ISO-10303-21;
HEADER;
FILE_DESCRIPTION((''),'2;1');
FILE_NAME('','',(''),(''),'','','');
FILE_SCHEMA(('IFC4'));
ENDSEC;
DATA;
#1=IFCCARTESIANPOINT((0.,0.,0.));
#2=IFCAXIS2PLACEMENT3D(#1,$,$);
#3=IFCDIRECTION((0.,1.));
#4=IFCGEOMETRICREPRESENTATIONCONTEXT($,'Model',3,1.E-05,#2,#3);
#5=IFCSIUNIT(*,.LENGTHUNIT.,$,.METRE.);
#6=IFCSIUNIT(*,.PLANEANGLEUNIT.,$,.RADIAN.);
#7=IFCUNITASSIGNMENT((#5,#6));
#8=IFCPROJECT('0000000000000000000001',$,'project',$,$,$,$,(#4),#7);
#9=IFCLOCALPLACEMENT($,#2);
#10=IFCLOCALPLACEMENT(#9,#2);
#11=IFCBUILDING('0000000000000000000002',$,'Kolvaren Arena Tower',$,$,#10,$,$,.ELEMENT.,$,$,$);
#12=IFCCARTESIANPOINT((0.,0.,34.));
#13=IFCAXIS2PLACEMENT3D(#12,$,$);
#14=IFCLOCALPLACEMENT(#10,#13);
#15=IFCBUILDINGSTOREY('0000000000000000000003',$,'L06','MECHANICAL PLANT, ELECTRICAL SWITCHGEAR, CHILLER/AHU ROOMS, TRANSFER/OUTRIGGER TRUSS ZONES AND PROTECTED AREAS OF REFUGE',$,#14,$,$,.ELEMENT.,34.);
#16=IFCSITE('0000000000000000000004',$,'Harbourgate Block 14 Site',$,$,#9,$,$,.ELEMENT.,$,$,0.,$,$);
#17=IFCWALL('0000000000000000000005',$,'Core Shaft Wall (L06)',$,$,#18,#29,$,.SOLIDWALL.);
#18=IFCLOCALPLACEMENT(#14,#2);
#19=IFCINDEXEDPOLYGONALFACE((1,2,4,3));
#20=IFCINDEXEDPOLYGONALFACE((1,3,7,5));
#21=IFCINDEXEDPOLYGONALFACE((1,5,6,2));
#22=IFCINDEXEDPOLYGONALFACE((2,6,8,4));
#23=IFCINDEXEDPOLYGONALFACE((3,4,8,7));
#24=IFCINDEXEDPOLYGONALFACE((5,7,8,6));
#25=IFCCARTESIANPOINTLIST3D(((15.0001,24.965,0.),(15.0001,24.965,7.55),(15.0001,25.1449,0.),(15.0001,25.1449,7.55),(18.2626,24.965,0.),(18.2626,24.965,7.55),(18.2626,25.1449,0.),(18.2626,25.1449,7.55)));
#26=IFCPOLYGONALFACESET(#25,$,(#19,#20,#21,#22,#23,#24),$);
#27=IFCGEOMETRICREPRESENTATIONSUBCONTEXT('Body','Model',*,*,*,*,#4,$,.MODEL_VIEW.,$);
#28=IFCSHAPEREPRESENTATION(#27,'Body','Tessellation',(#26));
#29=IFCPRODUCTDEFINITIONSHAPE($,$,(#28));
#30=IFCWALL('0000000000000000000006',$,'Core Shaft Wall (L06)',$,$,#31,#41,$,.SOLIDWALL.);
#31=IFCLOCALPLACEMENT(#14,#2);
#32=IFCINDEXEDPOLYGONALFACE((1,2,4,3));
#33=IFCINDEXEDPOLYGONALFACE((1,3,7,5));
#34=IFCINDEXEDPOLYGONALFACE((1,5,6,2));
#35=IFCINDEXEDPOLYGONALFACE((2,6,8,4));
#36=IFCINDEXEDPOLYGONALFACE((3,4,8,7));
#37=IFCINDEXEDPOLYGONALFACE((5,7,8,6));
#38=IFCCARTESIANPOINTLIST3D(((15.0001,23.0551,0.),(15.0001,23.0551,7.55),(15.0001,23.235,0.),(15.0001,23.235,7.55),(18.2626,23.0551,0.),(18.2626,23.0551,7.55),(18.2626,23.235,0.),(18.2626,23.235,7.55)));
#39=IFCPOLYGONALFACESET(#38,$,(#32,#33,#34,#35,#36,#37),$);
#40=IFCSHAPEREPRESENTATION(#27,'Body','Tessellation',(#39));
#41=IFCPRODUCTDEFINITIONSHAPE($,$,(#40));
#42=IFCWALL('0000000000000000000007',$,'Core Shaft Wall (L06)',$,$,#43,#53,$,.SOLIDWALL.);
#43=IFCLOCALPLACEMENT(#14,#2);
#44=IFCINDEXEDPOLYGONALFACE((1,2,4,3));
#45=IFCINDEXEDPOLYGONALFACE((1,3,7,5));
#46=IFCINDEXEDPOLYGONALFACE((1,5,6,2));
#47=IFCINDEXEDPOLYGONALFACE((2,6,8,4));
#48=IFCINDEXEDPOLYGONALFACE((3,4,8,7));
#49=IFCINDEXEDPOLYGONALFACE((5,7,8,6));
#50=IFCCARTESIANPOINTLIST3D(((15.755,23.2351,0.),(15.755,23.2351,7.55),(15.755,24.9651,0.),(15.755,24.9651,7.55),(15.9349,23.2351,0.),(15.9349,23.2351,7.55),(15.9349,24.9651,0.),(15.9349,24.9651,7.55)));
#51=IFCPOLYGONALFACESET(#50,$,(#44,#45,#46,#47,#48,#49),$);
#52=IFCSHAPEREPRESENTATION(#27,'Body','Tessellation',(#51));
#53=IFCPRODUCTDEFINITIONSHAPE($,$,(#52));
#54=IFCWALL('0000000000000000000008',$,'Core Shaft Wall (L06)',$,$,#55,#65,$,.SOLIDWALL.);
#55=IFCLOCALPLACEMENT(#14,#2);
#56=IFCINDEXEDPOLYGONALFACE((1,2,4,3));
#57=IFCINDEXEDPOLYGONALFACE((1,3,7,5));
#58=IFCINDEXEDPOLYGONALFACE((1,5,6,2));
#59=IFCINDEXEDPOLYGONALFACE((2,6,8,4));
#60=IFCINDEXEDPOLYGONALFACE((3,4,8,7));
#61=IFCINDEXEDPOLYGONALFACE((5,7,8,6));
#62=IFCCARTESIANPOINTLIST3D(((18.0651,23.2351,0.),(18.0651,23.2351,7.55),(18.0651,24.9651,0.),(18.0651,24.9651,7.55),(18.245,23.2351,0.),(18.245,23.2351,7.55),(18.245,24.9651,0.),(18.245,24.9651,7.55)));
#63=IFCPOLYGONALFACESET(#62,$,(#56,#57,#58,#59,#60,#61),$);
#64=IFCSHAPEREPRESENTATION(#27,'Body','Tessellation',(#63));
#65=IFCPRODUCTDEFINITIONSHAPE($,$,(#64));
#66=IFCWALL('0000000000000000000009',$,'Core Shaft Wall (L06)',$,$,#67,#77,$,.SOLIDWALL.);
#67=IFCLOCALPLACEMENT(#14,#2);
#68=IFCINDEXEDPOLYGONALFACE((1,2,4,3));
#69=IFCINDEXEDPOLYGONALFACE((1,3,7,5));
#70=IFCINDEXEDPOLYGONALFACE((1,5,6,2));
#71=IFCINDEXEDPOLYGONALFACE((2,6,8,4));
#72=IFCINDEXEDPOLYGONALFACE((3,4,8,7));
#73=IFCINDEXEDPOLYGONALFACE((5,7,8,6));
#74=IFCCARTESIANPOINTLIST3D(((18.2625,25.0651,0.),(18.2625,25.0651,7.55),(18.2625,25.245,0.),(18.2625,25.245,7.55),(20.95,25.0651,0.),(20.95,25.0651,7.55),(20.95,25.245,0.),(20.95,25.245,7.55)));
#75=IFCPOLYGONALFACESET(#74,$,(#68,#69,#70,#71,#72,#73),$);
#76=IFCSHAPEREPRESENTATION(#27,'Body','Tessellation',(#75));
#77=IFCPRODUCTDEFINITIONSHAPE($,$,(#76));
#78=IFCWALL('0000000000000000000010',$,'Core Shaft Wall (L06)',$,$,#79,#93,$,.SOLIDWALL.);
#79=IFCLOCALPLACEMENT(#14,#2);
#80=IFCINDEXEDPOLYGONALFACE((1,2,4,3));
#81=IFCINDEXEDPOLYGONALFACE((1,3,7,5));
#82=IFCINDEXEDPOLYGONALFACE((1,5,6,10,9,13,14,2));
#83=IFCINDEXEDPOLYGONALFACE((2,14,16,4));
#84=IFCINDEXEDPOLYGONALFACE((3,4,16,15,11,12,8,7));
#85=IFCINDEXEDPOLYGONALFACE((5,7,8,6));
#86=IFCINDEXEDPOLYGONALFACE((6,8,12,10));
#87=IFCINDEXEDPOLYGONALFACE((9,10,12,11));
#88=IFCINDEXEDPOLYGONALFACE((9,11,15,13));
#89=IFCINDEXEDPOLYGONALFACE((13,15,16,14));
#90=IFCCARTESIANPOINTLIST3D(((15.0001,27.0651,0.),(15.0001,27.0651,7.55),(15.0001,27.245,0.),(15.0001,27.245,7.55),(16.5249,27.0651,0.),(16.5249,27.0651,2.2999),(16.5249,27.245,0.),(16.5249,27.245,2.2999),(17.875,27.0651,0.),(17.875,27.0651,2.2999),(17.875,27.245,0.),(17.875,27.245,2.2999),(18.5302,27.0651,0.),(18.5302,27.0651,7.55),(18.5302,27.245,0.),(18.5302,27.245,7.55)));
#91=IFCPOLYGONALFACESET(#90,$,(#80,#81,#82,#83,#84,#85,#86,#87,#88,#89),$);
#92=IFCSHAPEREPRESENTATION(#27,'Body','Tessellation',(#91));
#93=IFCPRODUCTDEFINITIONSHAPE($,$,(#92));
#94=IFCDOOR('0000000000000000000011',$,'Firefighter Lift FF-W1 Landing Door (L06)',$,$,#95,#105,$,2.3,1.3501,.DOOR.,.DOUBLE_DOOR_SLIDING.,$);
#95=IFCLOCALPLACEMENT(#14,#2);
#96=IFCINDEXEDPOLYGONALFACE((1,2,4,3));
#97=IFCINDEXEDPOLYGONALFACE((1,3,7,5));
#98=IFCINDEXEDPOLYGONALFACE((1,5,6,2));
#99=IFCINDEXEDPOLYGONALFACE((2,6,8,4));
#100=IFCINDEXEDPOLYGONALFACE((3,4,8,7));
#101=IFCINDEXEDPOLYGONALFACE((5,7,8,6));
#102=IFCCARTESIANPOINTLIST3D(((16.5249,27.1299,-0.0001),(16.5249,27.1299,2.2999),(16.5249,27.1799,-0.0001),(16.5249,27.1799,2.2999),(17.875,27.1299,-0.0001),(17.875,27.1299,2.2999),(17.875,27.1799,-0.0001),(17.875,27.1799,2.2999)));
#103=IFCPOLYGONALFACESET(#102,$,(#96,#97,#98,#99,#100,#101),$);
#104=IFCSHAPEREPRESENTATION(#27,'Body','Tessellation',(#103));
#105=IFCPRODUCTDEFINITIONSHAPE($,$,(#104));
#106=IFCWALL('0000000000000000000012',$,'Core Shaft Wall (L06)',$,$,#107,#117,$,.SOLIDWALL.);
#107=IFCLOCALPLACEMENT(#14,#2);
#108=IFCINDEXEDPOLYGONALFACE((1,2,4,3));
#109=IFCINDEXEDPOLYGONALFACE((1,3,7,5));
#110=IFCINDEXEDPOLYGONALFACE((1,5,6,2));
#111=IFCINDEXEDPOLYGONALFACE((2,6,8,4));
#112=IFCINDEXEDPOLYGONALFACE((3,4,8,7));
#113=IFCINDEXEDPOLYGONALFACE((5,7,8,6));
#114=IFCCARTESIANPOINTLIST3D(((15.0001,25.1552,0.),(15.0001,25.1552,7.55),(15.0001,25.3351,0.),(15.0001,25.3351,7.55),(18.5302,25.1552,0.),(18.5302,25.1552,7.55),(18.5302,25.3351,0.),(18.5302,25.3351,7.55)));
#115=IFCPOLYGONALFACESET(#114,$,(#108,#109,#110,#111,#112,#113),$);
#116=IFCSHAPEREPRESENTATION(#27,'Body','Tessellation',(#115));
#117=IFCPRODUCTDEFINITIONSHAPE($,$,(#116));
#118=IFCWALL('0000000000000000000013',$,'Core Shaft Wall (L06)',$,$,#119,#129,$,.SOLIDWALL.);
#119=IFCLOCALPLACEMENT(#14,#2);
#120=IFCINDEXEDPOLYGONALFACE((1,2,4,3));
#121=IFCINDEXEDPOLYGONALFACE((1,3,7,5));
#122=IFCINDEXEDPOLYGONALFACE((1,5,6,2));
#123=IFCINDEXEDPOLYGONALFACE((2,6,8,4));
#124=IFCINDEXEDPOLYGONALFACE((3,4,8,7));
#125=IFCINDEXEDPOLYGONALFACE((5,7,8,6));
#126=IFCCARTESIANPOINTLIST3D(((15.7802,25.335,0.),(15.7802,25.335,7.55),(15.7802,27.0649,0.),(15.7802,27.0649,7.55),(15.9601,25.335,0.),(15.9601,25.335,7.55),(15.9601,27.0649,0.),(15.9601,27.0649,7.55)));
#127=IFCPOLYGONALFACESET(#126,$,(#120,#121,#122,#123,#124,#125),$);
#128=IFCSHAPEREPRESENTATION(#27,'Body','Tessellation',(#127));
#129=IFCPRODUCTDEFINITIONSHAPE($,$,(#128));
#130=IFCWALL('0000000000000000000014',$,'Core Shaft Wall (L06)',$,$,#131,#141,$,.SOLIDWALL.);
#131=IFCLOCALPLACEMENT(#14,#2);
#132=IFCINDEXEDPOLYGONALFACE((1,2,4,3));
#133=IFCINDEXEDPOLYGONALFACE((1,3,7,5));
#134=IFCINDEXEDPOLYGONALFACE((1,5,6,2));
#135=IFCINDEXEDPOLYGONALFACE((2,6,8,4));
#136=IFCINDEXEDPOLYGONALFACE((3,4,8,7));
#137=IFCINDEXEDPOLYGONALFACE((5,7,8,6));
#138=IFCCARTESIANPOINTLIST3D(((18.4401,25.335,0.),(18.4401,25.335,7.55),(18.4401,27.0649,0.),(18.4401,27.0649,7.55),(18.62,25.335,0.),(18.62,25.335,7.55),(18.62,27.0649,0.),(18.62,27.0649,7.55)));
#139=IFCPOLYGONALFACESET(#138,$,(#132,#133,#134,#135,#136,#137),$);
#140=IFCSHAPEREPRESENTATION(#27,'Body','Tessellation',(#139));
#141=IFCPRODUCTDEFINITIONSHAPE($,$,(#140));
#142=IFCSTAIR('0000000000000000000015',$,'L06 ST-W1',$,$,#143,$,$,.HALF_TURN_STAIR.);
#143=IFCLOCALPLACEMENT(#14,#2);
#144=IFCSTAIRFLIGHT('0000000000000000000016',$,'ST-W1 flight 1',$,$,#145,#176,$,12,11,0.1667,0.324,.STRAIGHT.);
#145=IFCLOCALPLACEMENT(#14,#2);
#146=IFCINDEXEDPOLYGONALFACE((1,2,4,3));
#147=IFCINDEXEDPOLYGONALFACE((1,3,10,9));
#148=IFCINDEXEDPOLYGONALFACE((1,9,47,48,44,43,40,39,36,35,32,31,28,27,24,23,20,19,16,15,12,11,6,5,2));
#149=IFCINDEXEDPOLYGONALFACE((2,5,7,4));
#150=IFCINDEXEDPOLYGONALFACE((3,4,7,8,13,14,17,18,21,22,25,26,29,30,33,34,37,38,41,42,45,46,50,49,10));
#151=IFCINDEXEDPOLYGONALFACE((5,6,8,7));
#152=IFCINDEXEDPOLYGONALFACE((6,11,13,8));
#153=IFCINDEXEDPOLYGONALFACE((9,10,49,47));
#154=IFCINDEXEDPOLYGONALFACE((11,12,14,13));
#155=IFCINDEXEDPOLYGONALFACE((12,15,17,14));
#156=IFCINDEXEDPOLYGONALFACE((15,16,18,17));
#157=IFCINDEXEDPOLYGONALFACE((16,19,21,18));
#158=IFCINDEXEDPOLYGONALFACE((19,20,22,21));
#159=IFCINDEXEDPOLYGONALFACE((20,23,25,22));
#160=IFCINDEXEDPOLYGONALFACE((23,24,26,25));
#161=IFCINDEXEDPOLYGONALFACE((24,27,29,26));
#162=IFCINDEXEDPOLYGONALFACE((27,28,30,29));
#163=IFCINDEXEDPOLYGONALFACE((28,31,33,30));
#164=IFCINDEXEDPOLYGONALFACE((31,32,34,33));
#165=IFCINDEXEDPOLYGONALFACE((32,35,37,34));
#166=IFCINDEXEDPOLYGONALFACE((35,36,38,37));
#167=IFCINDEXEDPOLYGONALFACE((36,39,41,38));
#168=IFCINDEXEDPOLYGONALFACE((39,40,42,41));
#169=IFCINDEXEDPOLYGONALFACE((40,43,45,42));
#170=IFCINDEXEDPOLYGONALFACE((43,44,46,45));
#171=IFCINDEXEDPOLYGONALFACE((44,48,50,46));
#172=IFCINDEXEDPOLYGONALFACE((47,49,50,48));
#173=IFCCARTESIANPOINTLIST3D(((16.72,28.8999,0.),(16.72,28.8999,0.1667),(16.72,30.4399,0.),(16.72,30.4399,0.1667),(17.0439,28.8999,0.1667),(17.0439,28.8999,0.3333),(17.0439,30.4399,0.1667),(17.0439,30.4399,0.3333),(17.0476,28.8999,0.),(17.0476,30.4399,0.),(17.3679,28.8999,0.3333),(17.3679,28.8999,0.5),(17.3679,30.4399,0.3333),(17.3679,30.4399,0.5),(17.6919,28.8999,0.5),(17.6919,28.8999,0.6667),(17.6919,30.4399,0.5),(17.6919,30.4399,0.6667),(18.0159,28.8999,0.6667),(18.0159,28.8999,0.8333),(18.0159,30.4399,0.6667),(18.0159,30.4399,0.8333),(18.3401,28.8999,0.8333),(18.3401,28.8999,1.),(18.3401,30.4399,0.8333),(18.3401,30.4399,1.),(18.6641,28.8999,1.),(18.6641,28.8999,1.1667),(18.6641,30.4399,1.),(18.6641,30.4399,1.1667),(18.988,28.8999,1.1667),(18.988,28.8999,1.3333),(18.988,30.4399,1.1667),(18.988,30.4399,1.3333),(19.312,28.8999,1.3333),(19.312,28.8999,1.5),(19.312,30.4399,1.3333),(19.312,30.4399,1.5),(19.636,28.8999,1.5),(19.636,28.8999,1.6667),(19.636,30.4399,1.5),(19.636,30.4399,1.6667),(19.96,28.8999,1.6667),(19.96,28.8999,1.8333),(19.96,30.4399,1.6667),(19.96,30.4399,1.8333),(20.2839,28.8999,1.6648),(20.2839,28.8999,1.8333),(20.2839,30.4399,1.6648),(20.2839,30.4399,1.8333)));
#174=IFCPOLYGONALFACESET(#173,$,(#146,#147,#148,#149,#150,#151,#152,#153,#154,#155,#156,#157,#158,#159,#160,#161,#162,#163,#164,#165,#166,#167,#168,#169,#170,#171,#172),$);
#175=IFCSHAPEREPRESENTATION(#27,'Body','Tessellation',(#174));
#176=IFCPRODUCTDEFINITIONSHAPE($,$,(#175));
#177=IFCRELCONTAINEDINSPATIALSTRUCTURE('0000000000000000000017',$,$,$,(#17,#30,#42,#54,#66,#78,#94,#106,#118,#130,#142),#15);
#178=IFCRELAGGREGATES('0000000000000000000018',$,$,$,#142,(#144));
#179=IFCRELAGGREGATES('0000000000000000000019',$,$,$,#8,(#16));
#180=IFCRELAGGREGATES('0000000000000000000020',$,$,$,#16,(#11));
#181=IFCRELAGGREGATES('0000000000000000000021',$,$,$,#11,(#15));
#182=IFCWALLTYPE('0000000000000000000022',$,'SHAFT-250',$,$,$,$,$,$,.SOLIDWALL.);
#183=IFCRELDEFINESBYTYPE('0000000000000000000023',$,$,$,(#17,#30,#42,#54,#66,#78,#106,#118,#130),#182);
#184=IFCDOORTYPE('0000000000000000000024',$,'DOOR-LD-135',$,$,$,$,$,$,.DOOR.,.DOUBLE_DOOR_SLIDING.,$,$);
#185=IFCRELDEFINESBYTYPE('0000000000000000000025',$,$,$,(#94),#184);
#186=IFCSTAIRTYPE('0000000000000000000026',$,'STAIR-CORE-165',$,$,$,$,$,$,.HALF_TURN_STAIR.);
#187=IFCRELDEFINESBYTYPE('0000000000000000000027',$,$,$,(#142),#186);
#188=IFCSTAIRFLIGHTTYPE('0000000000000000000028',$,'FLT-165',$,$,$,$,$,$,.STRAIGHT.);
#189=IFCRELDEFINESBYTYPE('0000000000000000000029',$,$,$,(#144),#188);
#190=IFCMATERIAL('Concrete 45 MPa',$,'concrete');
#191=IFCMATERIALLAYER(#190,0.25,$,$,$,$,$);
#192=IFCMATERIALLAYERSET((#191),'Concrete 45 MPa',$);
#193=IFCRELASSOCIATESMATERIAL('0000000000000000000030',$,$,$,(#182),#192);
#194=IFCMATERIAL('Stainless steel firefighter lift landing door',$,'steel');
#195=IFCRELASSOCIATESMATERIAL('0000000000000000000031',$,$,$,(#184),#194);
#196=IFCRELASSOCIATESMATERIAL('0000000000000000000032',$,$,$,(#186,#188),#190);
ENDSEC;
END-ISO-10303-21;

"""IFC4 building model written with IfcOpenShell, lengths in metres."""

from ifc_helpers import new_model, si_unit, direction, frame, frame_2d, origin, place, context, subcontext, project, spatial, polyline, rectangle, outline, extrude, material, layer, layer_set, type_object, element, fill, aggregate, save


model = new_model("IFC4")

# Units and contexts
model_context = context("Model", 3, precision=1e-05, world=origin(), true_north=direction((0.0, 1.0)))
body_context = subcontext(model_context, "Body", "Model", "MODEL_VIEW")
ifc_project = project(units=[si_unit("LENGTHUNIT", "METRE"), si_unit("PLANEANGLEUNIT", "RADIAN")], contexts=[model_context])

# Site, building, storey
site_placement = place(None, origin())
site = spatial("IfcSite", under=ifc_project, at=site_placement, Name="Harbourgate Block 14 Site", CompositionType="ELEMENT", RefElevation=0.0)
building_placement = place(site_placement, origin())
building = spatial("IfcBuilding", under=site, at=building_placement, Name="Kolvaren Arena Tower", CompositionType="ELEMENT")
storey_placement = place(building_placement, frame((0.0, 0.0, 34.0)))
storey = spatial("IfcBuildingStorey", under=building, at=storey_placement, Name="L06", Description="MECHANICAL PLANT, ELECTRICAL SWITCHGEAR, CHILLER/AHU ROOMS, TRANSFER/OUTRIGGER TRUSS ZONES AND PROTECTED AREAS OF REFUGE", CompositionType="ELEMENT", Elevation=34.0)

# Walls
ifc_material_1 = material(Name="Concrete 45 MPa", Category="concrete")
ifc_layer = layer(ifc_material_1, 0.25)
ifc_layer_set = layer_set([ifc_layer], Name="Concrete 45 MPa")
wall_type = type_object("IfcWallType", Name="SHAFT-250", PredefinedType="SOLIDWALL", material=ifc_layer_set)
for number, where, z_axis, x_axis, name in (
    (1, (15.0, 25.0549, 0.0), (0.0, 0.0, 1.0), (1.0, 0.0, 0.0), "Core Shaft Wall (L06)"),
    (2, (15.0, 23.145, 0.0), (0.0, 0.0, 1.0), (1.0, 0.0, 0.0), "Core Shaft Wall (L06)"),
):
    element("IfcWall", number, at=place(storey_placement, frame(where, z_axis=z_axis, x_axis=x_axis)), inside=storey, type_object=wall_type, Name=name, PredefinedType="SOLIDWALL", context=body_context, shape_type="SweptSolid", body=[
        extrude(rectangle(XDim=3.2625, YDim=0.1799, at=frame_2d((1.6313, 0.0))), origin(), (0.0, 0.0, 1.0), 7.55),
    ])
for number, where, z_axis, x_axis, name in (
    (3, (15.845, 23.2351, 0.0), (0.0, 0.0, 1.0), (0.0, 1.0, 0.0), "Core Shaft Wall (L06)"),
    (4, (18.155, 23.2351, 0.0), (0.0, 0.0, 1.0), (0.0, 1.0, 0.0), "Core Shaft Wall (L06)"),
):
    element("IfcWall", number, at=place(storey_placement, frame(where, z_axis=z_axis, x_axis=x_axis)), inside=storey, type_object=wall_type, Name=name, PredefinedType="SOLIDWALL", context=body_context, shape_type="SweptSolid", body=[
        extrude(rectangle(XDim=1.73, YDim=0.1799, at=frame_2d((0.865, 0.0))), origin(), (0.0, 0.0, 1.0), 7.55),
    ])
wall_1_placement = place(storey_placement, frame((18.2625, 25.155, 0.0), z_axis=(0.0, 0.0, 1.0), x_axis=(1.0, 0.0, 0.0)))
element("IfcWall", 5, at=wall_1_placement, inside=storey, type_object=wall_type, Name="Core Shaft Wall (L06)", PredefinedType="SOLIDWALL", context=body_context, shape_type="SweptSolid", body=[
    extrude(rectangle(XDim=2.6875, YDim=0.1799, at=frame_2d((1.3438, 0.0))), origin(), (0.0, 0.0, 1.0), 7.55),
])

# Wall, opening, door
wall_2_placement = place(storey_placement, frame((15.0, 27.155, 0.0), z_axis=(0.0, 0.0, 1.0), x_axis=(1.0, 0.0, 0.0)))
wall_2 = element("IfcWall", 6, at=wall_2_placement, inside=storey, type_object=wall_type, Name="Core Shaft Wall (L06)", PredefinedType="SOLIDWALL", context=body_context, shape_type="SweptSolid", body=[
    extrude(rectangle(XDim=3.53, YDim=0.1799, at=frame_2d((1.7651, 0.0))), origin(), (0.0, 0.0, 1.0), 7.55),
])
opening_placement = place(wall_2_placement, frame((1.5249, 0.0, 0.0)))
opening = element("IfcOpeningElement", 7, at=opening_placement, cuts=wall_2, PredefinedType="OPENING", context=body_context, shape_type="SweptSolid", body=[
    extrude(rectangle(XDim=1.3501, YDim=2.3, at=frame_2d((0.675, 1.1499))), frame((0.0, 0.0999, 0.0), z_axis=(0.0, -1.0, 0.0), x_axis=(1.0, 0.0, 0.0)), (0.0, 0.0, 1.0), 0.2),
])
ifc_material_2 = material(Name="Stainless steel firefighter lift landing door", Category="steel")
door_type = type_object("IfcDoorType", Name="DOOR-LD-135", OperationType="DOUBLE_DOOR_SLIDING", PredefinedType="DOOR", material=ifc_material_2)
door_placement = place(opening_placement, origin())
door = element("IfcDoor", 8, at=door_placement, inside=storey, type_object=door_type, Name="Firefighter Lift FF-W1 Landing Door (L06)", OperationType="DOUBLE_DOOR_SLIDING", OverallHeight=2.3, OverallWidth=1.3501, PredefinedType="DOOR", context=body_context, shape_type="SweptSolid", body=[
    extrude(rectangle(XDim=1.3501, YDim=2.3, at=frame_2d((0.675, 1.1499))), frame((0.0, 0.0249, 0.0), z_axis=(0.0, -1.0, 0.0), x_axis=(1.0, 0.0, 0.0)), (0.0, 0.0, 1.0), 0.05),
])
fill(opening, door)

# Walls
wall_3_placement = place(storey_placement, frame((15.0, 25.2451, 0.0), z_axis=(0.0, 0.0, 1.0), x_axis=(1.0, 0.0, 0.0)))
element("IfcWall", 9, at=wall_3_placement, inside=storey, type_object=wall_type, Name="Core Shaft Wall (L06)", PredefinedType="SOLIDWALL", context=body_context, shape_type="SweptSolid", body=[
    extrude(rectangle(XDim=3.53, YDim=0.1799, at=frame_2d((1.7651, 0.0))), origin(), (0.0, 0.0, 1.0), 7.55),
])
for number, where, z_axis, x_axis, name in (
    (10, (15.8701, 25.335, 0.0), (0.0, 0.0, 1.0), (0.0, 1.0, 0.0), "Core Shaft Wall (L06)"),
    (11, (18.53, 25.335, 0.0), (0.0, 0.0, 1.0), (0.0, 1.0, 0.0), "Core Shaft Wall (L06)"),
):
    element("IfcWall", number, at=place(storey_placement, frame(where, z_axis=z_axis, x_axis=x_axis)), inside=storey, type_object=wall_type, Name=name, PredefinedType="SOLIDWALL", context=body_context, shape_type="SweptSolid", body=[
        extrude(rectangle(XDim=1.73, YDim=0.1799, at=frame_2d((0.865, 0.0))), origin(), (0.0, 0.0, 1.0), 7.55),
    ])

# Stair, stair flight
stair_type = type_object("IfcStairType", Name="STAIR-CORE-165", PredefinedType="HALF_TURN_STAIR", material=ifc_material_1)
stair_placement = place(storey_placement, origin())
stair = element("IfcStair", 12, at=stair_placement, inside=storey, type_object=stair_type, Name="L06 ST-W1", PredefinedType="HALF_TURN_STAIR")
stair_flight_type = type_object("IfcStairFlightType", Name="FLT-165", PredefinedType="STRAIGHT", material=ifc_material_1)
stair_flight_1_placement = place(storey_placement, frame((16.72, 29.6699, 0.0), z_axis=(0.0, 0.0, 1.0), x_axis=(1.0, 0.0, 0.0)))
stair_flight_1 = element("IfcStairFlight", 13, at=stair_flight_1_placement, type_object=stair_flight_type, Name="ST-W1 flight 1", NumberOfRisers=12, NumberOfTreads=11, PredefinedType="STRAIGHT", RiserHeight=0.1667, TreadLength=0.324, context=body_context, shape_type="SweptSolid", body=[
    extrude(outline(polyline([(0.0, 0.0), (0.0, 0.1667), (0.324, 0.1667), (0.324, 0.3333), (0.6479, 0.3333), (0.6479, 0.5), (0.9719, 0.5), (0.9719, 0.6667), (1.2959, 0.6667), (1.2959, 0.8333), (1.6201, 0.8333), (1.6201, 1.0), (1.9441, 1.0), (1.9441, 1.1667), (2.2681, 1.1667), (2.2681, 1.3333), (2.592, 1.3333), (2.592, 1.5), (2.916, 1.5), (2.916, 1.6667), (3.24, 1.6667), (3.24, 1.8333), (3.564, 1.8333), (3.564, 2.0), (3.564, 1.6648), (0.3276, 0.0), (0.0, 0.0)])), frame((0.0, 0.77, 0.0), z_axis=(0.0, -1.0, 0.0), x_axis=(1.0, 0.0, 0.0)), (0.0, 0.0, 1.0), 1.54),
])
aggregate(stair, [stair_flight_1])

save(model, "model.ifc")
